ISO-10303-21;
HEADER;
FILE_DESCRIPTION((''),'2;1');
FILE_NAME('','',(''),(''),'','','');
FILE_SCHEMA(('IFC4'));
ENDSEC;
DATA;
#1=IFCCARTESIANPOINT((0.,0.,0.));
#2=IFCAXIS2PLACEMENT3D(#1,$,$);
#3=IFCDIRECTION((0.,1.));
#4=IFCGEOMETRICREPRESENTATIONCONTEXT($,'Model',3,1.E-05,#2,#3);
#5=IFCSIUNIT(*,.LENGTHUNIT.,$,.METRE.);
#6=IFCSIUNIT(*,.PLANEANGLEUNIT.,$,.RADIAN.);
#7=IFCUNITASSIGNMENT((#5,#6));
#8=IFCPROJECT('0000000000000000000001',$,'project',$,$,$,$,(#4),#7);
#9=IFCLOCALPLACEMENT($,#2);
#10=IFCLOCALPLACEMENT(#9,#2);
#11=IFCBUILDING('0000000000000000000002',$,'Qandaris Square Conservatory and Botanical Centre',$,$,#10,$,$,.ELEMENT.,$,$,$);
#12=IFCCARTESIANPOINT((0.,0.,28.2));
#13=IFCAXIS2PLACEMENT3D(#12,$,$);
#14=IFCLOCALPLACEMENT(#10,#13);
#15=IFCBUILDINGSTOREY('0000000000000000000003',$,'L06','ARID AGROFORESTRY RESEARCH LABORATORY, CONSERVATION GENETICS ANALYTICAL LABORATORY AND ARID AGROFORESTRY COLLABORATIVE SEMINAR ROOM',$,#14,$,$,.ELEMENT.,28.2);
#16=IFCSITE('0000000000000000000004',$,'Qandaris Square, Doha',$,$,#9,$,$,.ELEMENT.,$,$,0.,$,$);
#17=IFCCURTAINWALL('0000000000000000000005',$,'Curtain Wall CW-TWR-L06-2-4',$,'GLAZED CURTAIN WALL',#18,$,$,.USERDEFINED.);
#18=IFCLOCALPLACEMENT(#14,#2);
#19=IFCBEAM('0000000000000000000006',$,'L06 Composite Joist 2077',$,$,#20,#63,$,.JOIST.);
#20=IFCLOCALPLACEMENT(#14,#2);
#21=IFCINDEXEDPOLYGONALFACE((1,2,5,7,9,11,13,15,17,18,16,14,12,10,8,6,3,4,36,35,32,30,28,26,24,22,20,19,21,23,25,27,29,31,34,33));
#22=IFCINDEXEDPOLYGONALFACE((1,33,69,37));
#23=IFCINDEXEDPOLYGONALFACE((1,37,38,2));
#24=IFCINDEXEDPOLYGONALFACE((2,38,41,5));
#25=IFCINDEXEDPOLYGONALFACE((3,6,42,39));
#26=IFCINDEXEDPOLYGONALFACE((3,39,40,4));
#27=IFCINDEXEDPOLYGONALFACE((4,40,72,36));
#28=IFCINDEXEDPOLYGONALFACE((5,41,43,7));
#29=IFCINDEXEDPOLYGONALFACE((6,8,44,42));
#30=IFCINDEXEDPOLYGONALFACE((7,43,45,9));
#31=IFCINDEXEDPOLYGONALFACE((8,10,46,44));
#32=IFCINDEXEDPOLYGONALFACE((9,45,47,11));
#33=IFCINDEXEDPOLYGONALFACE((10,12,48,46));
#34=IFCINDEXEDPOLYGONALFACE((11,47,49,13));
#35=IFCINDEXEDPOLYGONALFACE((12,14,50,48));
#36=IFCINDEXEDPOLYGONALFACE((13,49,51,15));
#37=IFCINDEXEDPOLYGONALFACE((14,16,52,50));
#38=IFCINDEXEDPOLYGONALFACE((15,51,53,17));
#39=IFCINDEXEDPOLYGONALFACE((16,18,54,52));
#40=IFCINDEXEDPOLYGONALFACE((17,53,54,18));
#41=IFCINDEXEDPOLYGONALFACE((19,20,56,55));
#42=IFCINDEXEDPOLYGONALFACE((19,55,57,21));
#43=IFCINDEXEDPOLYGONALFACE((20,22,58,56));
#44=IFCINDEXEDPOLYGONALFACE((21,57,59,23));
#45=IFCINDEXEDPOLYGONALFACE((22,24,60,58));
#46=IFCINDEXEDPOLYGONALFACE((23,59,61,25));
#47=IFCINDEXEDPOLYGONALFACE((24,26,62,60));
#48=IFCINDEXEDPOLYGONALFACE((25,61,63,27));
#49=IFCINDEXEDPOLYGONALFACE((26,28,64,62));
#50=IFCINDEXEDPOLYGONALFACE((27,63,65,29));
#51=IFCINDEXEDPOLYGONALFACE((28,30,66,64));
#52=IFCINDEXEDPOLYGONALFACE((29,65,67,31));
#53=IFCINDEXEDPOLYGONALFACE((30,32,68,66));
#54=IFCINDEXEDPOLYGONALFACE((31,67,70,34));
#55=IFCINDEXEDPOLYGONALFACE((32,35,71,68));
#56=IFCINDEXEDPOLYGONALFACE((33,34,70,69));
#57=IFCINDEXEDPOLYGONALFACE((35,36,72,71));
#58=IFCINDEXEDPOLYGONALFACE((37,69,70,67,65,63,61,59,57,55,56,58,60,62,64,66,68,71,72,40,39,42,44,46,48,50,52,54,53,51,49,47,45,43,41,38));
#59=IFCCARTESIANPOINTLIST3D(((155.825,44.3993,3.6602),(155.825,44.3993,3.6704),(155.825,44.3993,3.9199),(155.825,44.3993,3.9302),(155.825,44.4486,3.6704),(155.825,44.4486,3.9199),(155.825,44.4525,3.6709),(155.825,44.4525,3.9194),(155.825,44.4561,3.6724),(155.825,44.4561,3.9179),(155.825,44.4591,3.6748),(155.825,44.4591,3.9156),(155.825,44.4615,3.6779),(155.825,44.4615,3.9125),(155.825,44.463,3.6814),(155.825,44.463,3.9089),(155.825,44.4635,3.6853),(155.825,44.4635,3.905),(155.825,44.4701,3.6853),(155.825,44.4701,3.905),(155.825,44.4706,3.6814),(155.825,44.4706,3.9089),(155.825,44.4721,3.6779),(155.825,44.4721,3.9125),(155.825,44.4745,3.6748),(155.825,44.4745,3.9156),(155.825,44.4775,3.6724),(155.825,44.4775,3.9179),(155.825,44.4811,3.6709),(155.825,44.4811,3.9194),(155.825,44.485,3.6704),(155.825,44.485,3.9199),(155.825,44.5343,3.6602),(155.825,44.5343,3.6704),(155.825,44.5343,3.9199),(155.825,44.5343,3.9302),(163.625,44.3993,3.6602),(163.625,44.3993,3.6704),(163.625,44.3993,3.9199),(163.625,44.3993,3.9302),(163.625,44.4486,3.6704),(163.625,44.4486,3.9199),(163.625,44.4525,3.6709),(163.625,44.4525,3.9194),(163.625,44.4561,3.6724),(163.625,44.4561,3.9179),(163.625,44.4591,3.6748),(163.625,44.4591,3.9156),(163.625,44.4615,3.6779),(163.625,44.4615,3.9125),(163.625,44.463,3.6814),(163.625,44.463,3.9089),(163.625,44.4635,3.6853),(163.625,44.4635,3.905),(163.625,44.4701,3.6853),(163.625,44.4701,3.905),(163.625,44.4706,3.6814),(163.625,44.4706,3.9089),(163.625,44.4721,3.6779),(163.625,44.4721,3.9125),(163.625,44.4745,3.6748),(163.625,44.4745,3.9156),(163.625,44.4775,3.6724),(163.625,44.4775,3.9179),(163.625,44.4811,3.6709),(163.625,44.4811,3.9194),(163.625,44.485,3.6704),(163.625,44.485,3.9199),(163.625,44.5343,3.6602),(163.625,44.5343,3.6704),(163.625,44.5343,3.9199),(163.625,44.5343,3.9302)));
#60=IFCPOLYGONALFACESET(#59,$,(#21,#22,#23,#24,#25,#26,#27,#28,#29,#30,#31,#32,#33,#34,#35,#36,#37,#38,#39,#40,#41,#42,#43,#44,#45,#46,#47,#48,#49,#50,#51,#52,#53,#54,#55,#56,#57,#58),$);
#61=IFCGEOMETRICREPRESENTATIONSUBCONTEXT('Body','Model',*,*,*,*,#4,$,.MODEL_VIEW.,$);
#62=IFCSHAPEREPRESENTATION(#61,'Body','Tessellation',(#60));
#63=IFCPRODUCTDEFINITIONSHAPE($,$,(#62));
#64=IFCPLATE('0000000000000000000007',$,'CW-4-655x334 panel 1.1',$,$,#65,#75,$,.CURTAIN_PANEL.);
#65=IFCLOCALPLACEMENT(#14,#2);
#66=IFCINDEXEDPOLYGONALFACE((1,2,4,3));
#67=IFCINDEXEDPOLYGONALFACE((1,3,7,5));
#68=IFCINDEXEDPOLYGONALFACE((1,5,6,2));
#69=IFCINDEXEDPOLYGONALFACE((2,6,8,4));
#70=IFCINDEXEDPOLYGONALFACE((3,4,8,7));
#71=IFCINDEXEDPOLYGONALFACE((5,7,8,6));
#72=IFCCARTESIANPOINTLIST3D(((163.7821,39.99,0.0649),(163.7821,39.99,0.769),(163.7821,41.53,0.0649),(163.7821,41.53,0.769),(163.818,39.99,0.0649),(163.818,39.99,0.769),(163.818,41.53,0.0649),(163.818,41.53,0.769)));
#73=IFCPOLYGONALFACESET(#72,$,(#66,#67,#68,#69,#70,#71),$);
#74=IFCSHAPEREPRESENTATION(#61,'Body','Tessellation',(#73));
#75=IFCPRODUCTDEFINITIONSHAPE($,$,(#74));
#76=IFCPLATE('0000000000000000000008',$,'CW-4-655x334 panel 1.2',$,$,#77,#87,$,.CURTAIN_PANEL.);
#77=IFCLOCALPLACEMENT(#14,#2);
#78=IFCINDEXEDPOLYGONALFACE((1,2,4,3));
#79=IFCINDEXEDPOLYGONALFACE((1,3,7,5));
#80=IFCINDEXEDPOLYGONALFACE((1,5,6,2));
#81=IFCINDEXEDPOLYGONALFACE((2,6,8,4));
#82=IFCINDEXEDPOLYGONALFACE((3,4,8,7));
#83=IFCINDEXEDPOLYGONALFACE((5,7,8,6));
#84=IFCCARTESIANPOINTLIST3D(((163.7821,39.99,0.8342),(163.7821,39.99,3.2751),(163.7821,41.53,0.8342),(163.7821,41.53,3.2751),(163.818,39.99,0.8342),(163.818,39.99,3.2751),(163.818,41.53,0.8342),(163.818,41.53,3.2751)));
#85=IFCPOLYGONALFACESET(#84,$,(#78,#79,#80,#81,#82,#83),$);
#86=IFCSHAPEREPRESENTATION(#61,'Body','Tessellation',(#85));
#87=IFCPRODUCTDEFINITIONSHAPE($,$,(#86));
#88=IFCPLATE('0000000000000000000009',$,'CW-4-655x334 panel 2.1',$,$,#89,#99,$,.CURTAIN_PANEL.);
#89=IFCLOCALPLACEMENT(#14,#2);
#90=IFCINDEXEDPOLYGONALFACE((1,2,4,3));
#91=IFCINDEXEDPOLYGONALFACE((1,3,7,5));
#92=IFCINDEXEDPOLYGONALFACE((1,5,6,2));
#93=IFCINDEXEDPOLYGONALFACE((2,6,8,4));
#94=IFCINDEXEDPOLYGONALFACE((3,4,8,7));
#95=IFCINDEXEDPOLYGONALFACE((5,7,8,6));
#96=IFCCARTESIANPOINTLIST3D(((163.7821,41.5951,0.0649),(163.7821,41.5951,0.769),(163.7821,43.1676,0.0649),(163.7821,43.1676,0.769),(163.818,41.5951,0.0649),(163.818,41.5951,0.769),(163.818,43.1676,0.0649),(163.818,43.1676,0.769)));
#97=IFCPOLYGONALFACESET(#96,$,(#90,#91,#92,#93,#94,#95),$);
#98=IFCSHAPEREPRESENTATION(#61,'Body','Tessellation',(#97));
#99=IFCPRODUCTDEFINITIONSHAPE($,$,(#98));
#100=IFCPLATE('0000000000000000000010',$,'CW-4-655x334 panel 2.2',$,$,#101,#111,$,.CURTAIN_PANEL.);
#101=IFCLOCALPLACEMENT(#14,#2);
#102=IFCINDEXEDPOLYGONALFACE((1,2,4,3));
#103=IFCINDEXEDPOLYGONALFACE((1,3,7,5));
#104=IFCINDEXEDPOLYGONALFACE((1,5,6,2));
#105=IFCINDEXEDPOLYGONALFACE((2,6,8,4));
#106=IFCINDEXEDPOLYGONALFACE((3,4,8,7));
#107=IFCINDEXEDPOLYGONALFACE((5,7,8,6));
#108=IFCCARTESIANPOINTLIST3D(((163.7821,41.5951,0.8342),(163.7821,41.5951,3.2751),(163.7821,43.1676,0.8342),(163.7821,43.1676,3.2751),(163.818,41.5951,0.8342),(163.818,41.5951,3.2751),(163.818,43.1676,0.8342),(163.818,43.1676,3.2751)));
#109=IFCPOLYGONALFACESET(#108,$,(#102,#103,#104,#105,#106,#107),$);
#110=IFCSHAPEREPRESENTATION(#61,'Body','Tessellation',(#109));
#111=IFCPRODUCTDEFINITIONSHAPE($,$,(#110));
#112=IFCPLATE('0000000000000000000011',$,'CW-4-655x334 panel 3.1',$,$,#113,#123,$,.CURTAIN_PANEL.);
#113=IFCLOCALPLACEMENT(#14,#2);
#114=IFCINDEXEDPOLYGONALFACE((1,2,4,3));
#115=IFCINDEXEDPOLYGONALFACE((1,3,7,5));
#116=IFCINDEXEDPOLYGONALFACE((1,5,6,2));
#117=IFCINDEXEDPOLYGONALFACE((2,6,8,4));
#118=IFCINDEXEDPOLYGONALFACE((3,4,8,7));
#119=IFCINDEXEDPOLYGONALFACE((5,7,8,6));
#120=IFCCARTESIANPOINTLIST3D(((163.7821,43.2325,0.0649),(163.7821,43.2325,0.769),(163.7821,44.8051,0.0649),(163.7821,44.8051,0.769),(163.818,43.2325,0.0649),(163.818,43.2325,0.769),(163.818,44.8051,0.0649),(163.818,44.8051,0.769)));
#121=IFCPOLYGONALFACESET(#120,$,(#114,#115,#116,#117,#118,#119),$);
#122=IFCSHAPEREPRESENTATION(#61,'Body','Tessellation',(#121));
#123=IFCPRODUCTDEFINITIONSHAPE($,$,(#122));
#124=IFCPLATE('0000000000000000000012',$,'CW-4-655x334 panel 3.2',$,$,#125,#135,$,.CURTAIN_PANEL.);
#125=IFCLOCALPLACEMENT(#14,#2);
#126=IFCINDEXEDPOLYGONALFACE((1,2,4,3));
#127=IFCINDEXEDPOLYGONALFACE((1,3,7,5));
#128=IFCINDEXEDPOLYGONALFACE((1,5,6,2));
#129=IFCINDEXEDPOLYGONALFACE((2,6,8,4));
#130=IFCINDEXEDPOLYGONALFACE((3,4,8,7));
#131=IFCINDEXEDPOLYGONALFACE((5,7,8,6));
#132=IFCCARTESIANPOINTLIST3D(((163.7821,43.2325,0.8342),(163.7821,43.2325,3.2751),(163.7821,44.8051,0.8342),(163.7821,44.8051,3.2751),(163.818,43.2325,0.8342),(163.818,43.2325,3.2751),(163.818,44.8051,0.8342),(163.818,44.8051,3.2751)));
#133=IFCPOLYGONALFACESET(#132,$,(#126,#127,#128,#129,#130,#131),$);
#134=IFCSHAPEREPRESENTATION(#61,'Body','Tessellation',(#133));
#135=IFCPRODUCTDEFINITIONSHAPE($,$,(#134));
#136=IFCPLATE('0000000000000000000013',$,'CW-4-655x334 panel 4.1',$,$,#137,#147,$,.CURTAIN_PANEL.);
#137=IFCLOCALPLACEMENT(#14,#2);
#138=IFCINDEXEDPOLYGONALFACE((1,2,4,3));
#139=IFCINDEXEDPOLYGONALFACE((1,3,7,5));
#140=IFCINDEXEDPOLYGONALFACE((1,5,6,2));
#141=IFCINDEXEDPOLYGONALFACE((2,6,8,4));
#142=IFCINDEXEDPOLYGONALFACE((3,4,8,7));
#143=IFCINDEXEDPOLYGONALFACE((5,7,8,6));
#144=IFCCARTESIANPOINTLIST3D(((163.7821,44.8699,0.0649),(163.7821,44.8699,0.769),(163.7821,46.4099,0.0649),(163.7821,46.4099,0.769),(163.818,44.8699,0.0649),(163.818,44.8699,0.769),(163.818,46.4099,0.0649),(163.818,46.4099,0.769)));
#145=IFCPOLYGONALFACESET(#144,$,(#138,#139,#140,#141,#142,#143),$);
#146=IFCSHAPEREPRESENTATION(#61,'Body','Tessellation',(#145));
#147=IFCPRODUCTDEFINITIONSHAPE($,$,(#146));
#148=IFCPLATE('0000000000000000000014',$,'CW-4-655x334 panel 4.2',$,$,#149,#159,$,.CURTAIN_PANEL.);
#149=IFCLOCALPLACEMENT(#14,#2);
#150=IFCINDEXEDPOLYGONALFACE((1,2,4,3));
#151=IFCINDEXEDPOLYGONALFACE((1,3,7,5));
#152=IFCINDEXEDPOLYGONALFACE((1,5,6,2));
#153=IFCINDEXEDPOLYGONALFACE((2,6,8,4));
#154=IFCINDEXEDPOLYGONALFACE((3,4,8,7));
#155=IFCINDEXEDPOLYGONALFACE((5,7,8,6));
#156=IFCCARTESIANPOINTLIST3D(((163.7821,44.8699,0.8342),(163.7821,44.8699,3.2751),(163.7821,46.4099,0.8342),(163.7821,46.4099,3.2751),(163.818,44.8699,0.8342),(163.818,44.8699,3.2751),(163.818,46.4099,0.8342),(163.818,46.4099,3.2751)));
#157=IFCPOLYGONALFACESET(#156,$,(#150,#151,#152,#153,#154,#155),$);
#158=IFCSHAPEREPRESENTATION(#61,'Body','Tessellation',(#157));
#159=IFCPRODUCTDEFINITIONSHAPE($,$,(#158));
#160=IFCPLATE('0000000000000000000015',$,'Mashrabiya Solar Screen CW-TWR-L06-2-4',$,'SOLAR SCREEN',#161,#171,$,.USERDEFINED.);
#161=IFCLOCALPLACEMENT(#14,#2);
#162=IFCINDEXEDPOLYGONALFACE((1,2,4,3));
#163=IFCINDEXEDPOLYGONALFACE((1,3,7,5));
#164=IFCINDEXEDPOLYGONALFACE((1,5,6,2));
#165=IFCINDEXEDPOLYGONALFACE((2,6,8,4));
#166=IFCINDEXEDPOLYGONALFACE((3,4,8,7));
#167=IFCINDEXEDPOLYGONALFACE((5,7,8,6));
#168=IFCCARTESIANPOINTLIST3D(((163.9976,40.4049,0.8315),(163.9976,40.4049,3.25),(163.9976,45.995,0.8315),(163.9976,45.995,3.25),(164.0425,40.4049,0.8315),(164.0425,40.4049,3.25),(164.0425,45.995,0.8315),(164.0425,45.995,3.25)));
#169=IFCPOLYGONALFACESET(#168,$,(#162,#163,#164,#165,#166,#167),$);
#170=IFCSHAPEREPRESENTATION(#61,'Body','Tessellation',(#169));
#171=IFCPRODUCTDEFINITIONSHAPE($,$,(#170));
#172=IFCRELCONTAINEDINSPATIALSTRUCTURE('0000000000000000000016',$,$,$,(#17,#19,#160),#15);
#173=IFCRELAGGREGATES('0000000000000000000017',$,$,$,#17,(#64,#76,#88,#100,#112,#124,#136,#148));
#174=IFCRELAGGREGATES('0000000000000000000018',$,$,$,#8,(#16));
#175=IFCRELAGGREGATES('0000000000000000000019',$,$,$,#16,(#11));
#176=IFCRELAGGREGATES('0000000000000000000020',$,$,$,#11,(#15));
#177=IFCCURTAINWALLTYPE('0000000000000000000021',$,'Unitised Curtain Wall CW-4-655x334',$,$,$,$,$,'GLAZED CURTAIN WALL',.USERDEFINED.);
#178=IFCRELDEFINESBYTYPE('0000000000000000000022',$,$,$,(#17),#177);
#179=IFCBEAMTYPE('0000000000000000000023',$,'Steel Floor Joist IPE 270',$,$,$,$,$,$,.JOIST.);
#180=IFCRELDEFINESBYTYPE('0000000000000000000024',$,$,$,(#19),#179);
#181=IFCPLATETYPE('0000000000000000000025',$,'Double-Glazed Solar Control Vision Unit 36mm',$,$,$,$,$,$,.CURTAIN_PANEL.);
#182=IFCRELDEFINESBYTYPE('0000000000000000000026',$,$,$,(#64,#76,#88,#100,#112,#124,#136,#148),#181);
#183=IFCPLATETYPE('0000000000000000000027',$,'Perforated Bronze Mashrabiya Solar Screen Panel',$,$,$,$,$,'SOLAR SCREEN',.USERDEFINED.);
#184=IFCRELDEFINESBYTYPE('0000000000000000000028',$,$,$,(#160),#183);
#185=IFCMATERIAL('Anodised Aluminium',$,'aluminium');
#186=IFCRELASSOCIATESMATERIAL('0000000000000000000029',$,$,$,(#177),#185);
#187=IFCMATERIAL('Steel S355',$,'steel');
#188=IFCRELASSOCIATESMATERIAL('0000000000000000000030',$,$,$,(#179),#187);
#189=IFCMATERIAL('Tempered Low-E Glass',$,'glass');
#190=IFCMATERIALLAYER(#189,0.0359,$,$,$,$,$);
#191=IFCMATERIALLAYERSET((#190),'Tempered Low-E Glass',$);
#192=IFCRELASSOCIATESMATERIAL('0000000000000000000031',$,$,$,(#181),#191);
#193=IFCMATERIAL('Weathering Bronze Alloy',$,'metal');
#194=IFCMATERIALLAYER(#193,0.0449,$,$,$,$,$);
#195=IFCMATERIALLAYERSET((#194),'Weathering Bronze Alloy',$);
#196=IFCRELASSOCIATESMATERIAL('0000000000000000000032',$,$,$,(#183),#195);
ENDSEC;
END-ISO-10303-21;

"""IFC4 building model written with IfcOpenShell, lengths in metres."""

from ifc_helpers import new_model, si_unit, direction, frame, origin, origin_2d, place, context, subcontext, project, spatial, rectangle, i_section, extrude, material, layer, layer_set, material_profile, profile_set, type_object, element, aggregate, save


model = new_model("IFC4")

# Units and contexts
model_context = context("Model", 3, precision=1e-05, world=origin(), true_north=direction((0.0, 1.0)))
body_context = subcontext(model_context, "Body", "Model", "MODEL_VIEW")
ifc_project = project(units=[si_unit("LENGTHUNIT", "METRE"), si_unit("PLANEANGLEUNIT", "RADIAN")], contexts=[model_context])

# Site, building, storey
site_placement = place(None, origin())
site = spatial("IfcSite", under=ifc_project, at=site_placement, Name="Qandaris Square, Doha", CompositionType="ELEMENT", RefElevation=0.0)
building_placement = place(site_placement, origin())
building = spatial("IfcBuilding", under=site, at=building_placement, Name="Qandaris Square Conservatory and Botanical Centre", CompositionType="ELEMENT")
storey_placement = place(building_placement, frame((0.0, 0.0, 28.2)))
storey = spatial("IfcBuildingStorey", under=building, at=storey_placement, Name="L06", Description="ARID AGROFORESTRY RESEARCH LABORATORY, CONSERVATION GENETICS ANALYTICAL LABORATORY AND ARID AGROFORESTRY COLLABORATIVE SEMINAR ROOM", CompositionType="ELEMENT", Elevation=28.2)

# Curtain wall
ifc_material_1 = material(Name="Anodised Aluminium", Category="aluminium")
curtain_wall_type = type_object("IfcCurtainWallType", Name="Unitised Curtain Wall CW-4-655x334", ElementType="GLAZED CURTAIN WALL", PredefinedType="USERDEFINED", material=ifc_material_1)
curtain_wall_placement = place(storey_placement, origin())
curtain_wall = element("IfcCurtainWall", 1, at=curtain_wall_placement, inside=storey, type_object=curtain_wall_type, Name="Curtain Wall CW-TWR-L06-2-4", ObjectType="GLAZED CURTAIN WALL", PredefinedType="USERDEFINED")

# Beam
ifc_material_2 = material(Name="Steel S355", Category="steel")
ifc_material_profile_1 = material_profile(ifc_material_2, i_section(OverallWidth=0.135, OverallDepth=0.27, WebThickness=0.0066, FlangeThickness=0.0103, FilletRadius=0.0149, at=origin_2d()), Name="IPE 270")
ifc_profile_set_1 = profile_set([ifc_material_profile_1], Name="Steel S355")
beam_type_1 = type_object("IfcBeamType", Name="Steel Floor Joist IPE 270", PredefinedType="JOIST", material=ifc_profile_set_1)
beam_1_placement = place(storey_placement, frame((155.825, 44.4668, 3.7952), z_axis=(1.0, 0.0, 0.0), x_axis=(0.0, 1.0, 0.0)))
element("IfcBeam", 2, at=beam_1_placement, inside=storey, type_object=beam_type_1, Name="L06 Composite Joist 2077", PredefinedType="JOIST", context=body_context, shape_type="SweptSolid", body=[
    extrude(i_section(OverallWidth=0.135, OverallDepth=0.27, WebThickness=0.0066, FlangeThickness=0.0103, FilletRadius=0.0149, at=origin_2d()), origin(), (0.0, 0.0, 1.0), 7.8),
])

# Plates
ifc_material_3 = material(Name="Tempered Low-E Glass", Category="glass")
ifc_layer_1 = layer(ifc_material_3, 0.0359)
ifc_layer_set_1 = layer_set([ifc_layer_1], Name="Tempered Low-E Glass")
plate_type_1 = type_object("IfcPlateType", Name="Double-Glazed Solar Control Vision Unit 36mm", PredefinedType="CURTAIN_PANEL", material=ifc_layer_set_1)
plate_1_placement = place(storey_placement, frame((163.8, 40.76, 0.0649), z_axis=(0.0, 0.0, 1.0), x_axis=(0.0, 1.0, 0.0)))
plate_1 = element("IfcPlate", 3, at=plate_1_placement, type_object=plate_type_1, Name="CW-4-655x334 panel 1.1", PredefinedType="CURTAIN_PANEL", context=body_context, shape_type="SweptSolid", body=[
    extrude(rectangle(XDim=1.54, YDim=0.0359, at=origin_2d()), origin(), (0.0, 0.0, 1.0), 0.7041),
])
plate_2_placement = place(storey_placement, frame((163.8, 40.76, 0.8342), z_axis=(0.0, 0.0, 1.0), x_axis=(0.0, 1.0, 0.0)))
plate_2 = element("IfcPlate", 4, at=plate_2_placement, type_object=plate_type_1, Name="CW-4-655x334 panel 1.2", PredefinedType="CURTAIN_PANEL", context=body_context, shape_type="SweptSolid", body=[
    extrude(rectangle(XDim=1.54, YDim=0.0359, at=origin_2d()), origin(), (0.0, 0.0, 1.0), 2.4409),
])
plate_3_placement = place(storey_placement, frame((163.8, 42.3813, 0.0649), z_axis=(0.0, 0.0, 1.0), x_axis=(0.0, 1.0, 0.0)))
plate_3 = element("IfcPlate", 5, at=plate_3_placement, type_object=plate_type_1, Name="CW-4-655x334 panel 2.1", PredefinedType="CURTAIN_PANEL", context=body_context, shape_type="SweptSolid", body=[
    extrude(rectangle(XDim=1.5725, YDim=0.0359, at=origin_2d()), origin(), (0.0, 0.0, 1.0), 0.7041),
])
plate_4_placement = place(storey_placement, frame((163.8, 42.3813, 0.8342), z_axis=(0.0, 0.0, 1.0), x_axis=(0.0, 1.0, 0.0)))
plate_4 = element("IfcPlate", 6, at=plate_4_placement, type_object=plate_type_1, Name="CW-4-655x334 panel 2.2", PredefinedType="CURTAIN_PANEL", context=body_context, shape_type="SweptSolid", body=[
    extrude(rectangle(XDim=1.5725, YDim=0.0359, at=origin_2d()), origin(), (0.0, 0.0, 1.0), 2.4409),
])
plate_5_placement = place(storey_placement, frame((163.8, 44.0188, 0.0649), z_axis=(0.0, 0.0, 1.0), x_axis=(0.0, 1.0, 0.0)))
plate_5 = element("IfcPlate", 7, at=plate_5_placement, type_object=plate_type_1, Name="CW-4-655x334 panel 3.1", PredefinedType="CURTAIN_PANEL", context=body_context, shape_type="SweptSolid", body=[
    extrude(rectangle(XDim=1.5725, YDim=0.0359, at=origin_2d()), origin(), (0.0, 0.0, 1.0), 0.7041),
])
plate_6_placement = place(storey_placement, frame((163.8, 44.0188, 0.8342), z_axis=(0.0, 0.0, 1.0), x_axis=(0.0, 1.0, 0.0)))
plate_6 = element("IfcPlate", 8, at=plate_6_placement, type_object=plate_type_1, Name="CW-4-655x334 panel 3.2", PredefinedType="CURTAIN_PANEL", context=body_context, shape_type="SweptSolid", body=[
    extrude(rectangle(XDim=1.5725, YDim=0.0359, at=origin_2d()), origin(), (0.0, 0.0, 1.0), 2.4409),
])
plate_7_placement = place(storey_placement, frame((163.8, 45.6399, 0.0649), z_axis=(0.0, 0.0, 1.0), x_axis=(0.0, 1.0, 0.0)))
plate_7 = element("IfcPlate", 9, at=plate_7_placement, type_object=plate_type_1, Name="CW-4-655x334 panel 4.1", PredefinedType="CURTAIN_PANEL", context=body_context, shape_type="SweptSolid", body=[
    extrude(rectangle(XDim=1.54, YDim=0.0359, at=origin_2d()), origin(), (0.0, 0.0, 1.0), 0.7041),
])
plate_8_placement = place(storey_placement, frame((163.8, 45.6399, 0.8342), z_axis=(0.0, 0.0, 1.0), x_axis=(0.0, 1.0, 0.0)))
plate_8 = element("IfcPlate", 10, at=plate_8_placement, type_object=plate_type_1, Name="CW-4-655x334 panel 4.2", PredefinedType="CURTAIN_PANEL", context=body_context, shape_type="SweptSolid", body=[
    extrude(rectangle(XDim=1.54, YDim=0.0359, at=origin_2d()), origin(), (0.0, 0.0, 1.0), 2.4409),
])
aggregate(curtain_wall, [plate_1, plate_2, plate_3, plate_4, plate_5, plate_6, plate_7, plate_8])
ifc_material_4 = material(Name="Weathering Bronze Alloy", Category="metal")
ifc_layer_2 = layer(ifc_material_4, 0.0449)
ifc_layer_set_2 = layer_set([ifc_layer_2], Name="Weathering Bronze Alloy")
plate_type_2 = type_object("IfcPlateType", Name="Perforated Bronze Mashrabiya Solar Screen Panel", ElementType="SOLAR SCREEN", PredefinedType="USERDEFINED", material=ifc_layer_set_2)
plate_9_placement = place(storey_placement, frame((164.02, 43.2, 0.8315), z_axis=(0.0, 0.0, 1.0), x_axis=(0.0, 1.0, 0.0)))
element("IfcPlate", 11, at=plate_9_placement, inside=storey, type_object=plate_type_2, Name="Mashrabiya Solar Screen CW-TWR-L06-2-4", ObjectType="SOLAR SCREEN", PredefinedType="USERDEFINED", context=body_context, shape_type="SweptSolid", body=[
    extrude(rectangle(XDim=5.5901, YDim=0.0449, at=origin_2d()), origin(), (0.0, 0.0, 1.0), 2.4185),
])

save(model, "model.ifc")
